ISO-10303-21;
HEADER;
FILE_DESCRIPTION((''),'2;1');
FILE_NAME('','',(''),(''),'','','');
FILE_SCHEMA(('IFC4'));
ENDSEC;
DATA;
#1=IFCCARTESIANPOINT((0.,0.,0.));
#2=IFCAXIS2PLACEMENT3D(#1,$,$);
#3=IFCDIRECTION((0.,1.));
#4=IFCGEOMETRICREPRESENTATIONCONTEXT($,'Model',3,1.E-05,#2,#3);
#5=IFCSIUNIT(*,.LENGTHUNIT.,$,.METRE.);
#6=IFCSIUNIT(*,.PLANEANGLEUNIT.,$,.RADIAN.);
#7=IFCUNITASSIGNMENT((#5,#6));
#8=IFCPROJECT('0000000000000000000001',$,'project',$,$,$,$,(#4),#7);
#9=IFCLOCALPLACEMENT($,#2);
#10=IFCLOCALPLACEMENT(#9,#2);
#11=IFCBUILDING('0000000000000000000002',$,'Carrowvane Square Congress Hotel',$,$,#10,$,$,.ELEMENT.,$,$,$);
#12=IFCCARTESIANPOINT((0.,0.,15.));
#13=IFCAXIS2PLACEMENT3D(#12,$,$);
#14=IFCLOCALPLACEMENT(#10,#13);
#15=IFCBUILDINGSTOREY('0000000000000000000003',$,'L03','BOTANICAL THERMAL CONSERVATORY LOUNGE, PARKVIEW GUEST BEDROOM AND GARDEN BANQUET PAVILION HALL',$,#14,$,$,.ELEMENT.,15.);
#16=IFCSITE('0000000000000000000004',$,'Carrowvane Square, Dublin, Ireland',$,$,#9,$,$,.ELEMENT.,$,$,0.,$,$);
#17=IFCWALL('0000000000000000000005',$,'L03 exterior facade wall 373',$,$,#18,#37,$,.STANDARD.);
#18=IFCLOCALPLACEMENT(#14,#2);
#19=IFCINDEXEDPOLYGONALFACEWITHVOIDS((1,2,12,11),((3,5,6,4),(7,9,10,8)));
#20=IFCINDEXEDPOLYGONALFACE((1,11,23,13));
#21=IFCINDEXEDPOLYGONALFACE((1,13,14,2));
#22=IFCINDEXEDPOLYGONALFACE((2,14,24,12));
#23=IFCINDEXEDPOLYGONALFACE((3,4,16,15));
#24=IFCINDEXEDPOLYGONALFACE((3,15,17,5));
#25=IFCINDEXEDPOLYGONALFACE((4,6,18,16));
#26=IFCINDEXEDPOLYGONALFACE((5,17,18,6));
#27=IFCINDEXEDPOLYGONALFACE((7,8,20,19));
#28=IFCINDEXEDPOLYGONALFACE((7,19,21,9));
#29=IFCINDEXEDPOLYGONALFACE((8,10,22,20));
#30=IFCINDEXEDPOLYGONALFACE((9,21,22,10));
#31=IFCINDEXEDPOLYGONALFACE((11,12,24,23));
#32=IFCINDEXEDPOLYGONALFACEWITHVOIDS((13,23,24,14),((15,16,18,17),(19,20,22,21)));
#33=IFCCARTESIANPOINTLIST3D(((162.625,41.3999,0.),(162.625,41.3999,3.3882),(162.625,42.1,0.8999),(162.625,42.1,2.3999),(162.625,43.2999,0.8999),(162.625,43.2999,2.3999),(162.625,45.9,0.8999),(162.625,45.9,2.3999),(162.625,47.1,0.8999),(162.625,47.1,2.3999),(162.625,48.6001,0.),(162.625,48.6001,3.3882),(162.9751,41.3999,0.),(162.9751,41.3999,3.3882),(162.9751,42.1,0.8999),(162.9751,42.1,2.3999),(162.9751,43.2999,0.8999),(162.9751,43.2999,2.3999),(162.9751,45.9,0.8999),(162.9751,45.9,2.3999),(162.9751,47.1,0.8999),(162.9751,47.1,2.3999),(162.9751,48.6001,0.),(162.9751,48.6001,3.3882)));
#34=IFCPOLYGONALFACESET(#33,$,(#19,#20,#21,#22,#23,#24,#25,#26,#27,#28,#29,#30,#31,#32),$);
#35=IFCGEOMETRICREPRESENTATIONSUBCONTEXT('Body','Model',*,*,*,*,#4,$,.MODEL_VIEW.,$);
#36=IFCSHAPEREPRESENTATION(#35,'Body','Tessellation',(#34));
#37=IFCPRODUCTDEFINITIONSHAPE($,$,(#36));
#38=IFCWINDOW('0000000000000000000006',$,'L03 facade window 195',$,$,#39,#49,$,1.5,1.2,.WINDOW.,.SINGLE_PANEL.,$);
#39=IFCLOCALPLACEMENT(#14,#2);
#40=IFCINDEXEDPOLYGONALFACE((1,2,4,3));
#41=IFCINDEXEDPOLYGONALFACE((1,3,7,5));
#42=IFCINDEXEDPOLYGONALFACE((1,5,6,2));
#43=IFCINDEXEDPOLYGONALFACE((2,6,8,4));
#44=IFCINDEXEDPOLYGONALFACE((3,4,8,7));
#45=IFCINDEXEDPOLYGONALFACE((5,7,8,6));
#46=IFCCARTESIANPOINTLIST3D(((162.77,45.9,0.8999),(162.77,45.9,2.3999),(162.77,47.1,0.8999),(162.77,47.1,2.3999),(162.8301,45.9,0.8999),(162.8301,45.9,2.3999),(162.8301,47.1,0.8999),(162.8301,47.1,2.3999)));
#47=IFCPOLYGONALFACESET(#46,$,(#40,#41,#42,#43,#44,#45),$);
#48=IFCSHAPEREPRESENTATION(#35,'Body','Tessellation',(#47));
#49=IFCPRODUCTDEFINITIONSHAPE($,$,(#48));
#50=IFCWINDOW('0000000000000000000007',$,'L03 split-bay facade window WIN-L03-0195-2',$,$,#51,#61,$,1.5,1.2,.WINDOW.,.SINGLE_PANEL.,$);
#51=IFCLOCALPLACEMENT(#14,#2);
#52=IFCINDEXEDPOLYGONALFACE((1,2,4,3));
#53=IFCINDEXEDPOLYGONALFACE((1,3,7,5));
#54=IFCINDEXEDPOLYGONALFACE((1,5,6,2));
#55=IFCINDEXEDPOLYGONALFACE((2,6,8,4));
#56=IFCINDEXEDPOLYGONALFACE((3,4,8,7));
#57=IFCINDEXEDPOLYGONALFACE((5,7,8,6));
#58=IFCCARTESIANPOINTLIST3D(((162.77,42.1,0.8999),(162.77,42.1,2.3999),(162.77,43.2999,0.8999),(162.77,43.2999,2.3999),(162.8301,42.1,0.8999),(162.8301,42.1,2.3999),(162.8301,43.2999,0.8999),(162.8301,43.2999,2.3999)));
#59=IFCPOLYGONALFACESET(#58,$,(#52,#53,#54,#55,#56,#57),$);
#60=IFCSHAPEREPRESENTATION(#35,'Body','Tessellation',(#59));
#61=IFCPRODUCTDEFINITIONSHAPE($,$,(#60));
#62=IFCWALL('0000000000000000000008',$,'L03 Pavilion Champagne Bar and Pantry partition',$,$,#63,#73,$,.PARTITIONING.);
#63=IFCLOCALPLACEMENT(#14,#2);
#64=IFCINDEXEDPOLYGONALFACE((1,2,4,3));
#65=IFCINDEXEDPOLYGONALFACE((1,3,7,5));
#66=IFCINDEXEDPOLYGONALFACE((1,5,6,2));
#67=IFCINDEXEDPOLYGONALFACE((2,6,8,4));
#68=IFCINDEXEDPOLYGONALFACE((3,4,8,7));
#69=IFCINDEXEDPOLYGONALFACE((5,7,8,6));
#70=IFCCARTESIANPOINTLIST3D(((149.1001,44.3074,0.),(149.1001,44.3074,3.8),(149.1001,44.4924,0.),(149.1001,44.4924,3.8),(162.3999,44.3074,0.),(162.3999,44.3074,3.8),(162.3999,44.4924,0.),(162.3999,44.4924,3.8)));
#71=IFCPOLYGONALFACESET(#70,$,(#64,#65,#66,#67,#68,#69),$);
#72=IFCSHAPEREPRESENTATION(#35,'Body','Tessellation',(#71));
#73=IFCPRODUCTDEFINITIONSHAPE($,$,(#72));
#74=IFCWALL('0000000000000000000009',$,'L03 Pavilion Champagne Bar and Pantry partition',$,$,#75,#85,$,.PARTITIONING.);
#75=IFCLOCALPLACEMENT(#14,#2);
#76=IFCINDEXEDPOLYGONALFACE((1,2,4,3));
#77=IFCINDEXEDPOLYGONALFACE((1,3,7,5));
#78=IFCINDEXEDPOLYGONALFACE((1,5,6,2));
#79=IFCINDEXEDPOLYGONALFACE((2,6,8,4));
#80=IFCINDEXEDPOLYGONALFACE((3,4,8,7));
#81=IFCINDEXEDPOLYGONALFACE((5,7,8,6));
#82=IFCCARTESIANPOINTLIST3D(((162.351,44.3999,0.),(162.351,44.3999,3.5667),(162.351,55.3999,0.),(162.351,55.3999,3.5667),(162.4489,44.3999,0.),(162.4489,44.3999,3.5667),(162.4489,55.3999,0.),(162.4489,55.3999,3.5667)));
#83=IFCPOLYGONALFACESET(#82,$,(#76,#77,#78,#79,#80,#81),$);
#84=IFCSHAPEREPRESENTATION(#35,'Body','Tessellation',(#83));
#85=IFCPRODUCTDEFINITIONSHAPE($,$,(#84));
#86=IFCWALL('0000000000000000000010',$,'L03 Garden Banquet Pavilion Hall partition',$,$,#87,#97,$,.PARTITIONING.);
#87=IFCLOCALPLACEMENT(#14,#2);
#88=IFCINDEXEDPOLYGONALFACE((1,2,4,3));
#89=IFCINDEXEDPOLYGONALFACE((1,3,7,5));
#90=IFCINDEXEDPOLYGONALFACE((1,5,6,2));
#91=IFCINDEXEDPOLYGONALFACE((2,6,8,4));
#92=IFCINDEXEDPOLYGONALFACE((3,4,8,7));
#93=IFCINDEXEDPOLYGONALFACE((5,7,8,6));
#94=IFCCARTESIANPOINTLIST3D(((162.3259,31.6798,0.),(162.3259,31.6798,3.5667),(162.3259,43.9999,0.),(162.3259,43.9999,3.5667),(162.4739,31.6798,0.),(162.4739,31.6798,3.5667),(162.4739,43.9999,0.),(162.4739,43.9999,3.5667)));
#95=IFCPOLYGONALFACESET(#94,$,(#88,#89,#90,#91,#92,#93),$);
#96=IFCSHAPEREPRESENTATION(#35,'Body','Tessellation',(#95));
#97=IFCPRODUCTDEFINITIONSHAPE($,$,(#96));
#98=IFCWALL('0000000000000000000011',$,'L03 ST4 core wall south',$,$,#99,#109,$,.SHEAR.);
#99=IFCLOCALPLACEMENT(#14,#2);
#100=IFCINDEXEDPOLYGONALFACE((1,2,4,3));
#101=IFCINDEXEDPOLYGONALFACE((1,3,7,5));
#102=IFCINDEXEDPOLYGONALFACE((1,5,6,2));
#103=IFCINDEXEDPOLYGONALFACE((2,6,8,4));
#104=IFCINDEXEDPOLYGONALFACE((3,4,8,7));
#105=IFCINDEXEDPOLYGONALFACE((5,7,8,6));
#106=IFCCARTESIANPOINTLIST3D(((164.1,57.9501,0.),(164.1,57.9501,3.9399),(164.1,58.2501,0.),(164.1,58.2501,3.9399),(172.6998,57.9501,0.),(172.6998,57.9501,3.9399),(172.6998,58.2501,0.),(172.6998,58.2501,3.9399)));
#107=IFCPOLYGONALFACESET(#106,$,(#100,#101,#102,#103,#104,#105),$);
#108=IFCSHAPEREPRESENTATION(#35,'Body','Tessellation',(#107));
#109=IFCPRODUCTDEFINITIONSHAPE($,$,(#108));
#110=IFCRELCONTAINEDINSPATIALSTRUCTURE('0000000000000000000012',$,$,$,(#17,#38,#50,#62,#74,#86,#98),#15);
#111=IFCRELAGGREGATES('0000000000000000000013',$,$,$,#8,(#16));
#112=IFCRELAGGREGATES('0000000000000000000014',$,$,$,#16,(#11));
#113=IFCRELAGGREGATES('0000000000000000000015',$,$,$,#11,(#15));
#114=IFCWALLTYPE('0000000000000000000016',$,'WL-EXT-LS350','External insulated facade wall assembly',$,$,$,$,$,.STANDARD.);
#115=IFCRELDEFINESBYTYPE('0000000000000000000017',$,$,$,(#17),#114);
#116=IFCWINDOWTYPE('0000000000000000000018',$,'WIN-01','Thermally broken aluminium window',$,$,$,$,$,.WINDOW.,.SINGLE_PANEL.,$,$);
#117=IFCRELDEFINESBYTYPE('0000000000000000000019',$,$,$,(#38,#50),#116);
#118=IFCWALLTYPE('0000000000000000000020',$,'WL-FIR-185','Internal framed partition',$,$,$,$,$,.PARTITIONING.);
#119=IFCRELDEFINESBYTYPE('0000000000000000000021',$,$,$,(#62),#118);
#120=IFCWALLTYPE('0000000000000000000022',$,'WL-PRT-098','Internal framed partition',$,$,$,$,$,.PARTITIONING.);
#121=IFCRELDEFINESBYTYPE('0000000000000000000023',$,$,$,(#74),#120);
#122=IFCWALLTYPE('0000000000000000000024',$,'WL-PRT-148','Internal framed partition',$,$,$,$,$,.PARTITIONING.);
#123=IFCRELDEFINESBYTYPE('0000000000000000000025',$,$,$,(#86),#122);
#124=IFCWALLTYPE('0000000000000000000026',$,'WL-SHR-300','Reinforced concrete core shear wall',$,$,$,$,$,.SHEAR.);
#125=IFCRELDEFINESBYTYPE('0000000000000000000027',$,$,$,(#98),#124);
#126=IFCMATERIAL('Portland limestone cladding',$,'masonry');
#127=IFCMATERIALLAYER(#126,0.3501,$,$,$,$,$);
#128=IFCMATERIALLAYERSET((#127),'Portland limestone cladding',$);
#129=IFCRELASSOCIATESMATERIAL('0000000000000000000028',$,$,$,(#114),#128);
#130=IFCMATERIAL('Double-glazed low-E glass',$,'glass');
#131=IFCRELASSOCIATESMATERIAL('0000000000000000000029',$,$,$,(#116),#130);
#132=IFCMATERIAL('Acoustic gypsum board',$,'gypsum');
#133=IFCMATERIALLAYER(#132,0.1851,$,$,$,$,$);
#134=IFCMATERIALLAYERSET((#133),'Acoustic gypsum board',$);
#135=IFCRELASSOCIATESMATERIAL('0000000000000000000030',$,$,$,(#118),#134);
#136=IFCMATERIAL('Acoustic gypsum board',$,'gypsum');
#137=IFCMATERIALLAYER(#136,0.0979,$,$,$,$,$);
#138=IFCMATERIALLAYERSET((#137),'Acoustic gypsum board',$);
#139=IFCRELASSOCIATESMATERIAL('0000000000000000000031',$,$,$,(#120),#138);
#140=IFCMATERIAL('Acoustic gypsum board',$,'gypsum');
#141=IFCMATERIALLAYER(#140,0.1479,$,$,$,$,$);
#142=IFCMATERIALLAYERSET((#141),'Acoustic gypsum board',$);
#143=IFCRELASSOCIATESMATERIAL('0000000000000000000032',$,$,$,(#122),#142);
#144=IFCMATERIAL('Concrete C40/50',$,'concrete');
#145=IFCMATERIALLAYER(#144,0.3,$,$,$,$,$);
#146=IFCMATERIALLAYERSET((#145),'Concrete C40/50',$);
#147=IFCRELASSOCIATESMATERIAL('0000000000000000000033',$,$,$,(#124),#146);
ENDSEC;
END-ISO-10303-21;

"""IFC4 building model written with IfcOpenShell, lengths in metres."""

from ifc_helpers import new_model, si_unit, direction, frame, frame_2d, origin, place, context, subcontext, project, spatial, rectangle, extrude, material, layer, layer_set, type_object, element, fill, save


model = new_model("IFC4")

# Units and contexts
model_context = context("Model", 3, precision=1e-05, world=origin(), true_north=direction((0.0, 1.0)))
body_context = subcontext(model_context, "Body", "Model", "MODEL_VIEW")
ifc_project = project(units=[si_unit("LENGTHUNIT", "METRE"), si_unit("PLANEANGLEUNIT", "RADIAN")], contexts=[model_context])

# Site, building, storey
site_placement = place(None, origin())
site = spatial("IfcSite", under=ifc_project, at=site_placement, Name="Carrowvane Square, Dublin, Ireland", CompositionType="ELEMENT", RefElevation=0.0)
building_placement = place(site_placement, origin())
building = spatial("IfcBuilding", under=site, at=building_placement, Name="Carrowvane Square Congress Hotel", CompositionType="ELEMENT")
storey_placement = place(building_placement, frame((0.0, 0.0, 15.0)))
storey = spatial("IfcBuildingStorey", under=building, at=storey_placement, Name="L03", Description="BOTANICAL THERMAL CONSERVATORY LOUNGE, PARKVIEW GUEST BEDROOM AND GARDEN BANQUET PAVILION HALL", CompositionType="ELEMENT", Elevation=15.0)

# Shared definitions
ifc_material_1 = material(Name="Portland limestone cladding", Category="masonry")
ifc_layer_1 = layer(ifc_material_1, 0.3501)
ifc_layer_set_1 = layer_set([ifc_layer_1], Name="Portland limestone cladding")
wall_type_1 = type_object("IfcWallType", Name="WL-EXT-LS350", Description="External insulated facade wall assembly", PredefinedType="STANDARD", material=ifc_layer_set_1)

# Wall, openings, windows
wall_1_placement = place(storey_placement, frame((162.8, 48.6001, 0.0), z_axis=(0.0, 0.0, 1.0), x_axis=(0.0, -1.0, 0.0)))
wall_1 = element("IfcWall", 1, at=wall_1_placement, inside=storey, type_object=wall_type_1, Name="L03 exterior facade wall 373", PredefinedType="STANDARD", context=body_context, shape_type="SweptSolid", body=[
    extrude(rectangle(XDim=7.2002, YDim=0.3501, at=frame_2d((3.6001, 0.0))), origin(), (0.0, 0.0, 1.0), 3.3882),
])
opening_1_placement = place(wall_1_placement, frame((1.5, 0.0, 0.8999)))
opening_1 = element("IfcOpeningElement", 2, at=opening_1_placement, cuts=wall_1, PredefinedType="OPENING", context=body_context, shape_type="SweptSolid", body=[
    extrude(rectangle(XDim=1.2, YDim=1.5, at=frame_2d((0.6001, 0.75))), frame((0.0, 0.1851, 0.0), z_axis=(0.0, -1.0, 0.0), x_axis=(1.0, 0.0, 0.0)), (0.0, 0.0, 1.0), 0.3701),
])
opening_2_placement = place(wall_1_placement, frame((5.3, 0.0, 0.8999)))
opening_2 = element("IfcOpeningElement", 3, at=opening_2_placement, cuts=wall_1, PredefinedType="OPENING", context=body_context, shape_type="SweptSolid", body=[
    extrude(rectangle(XDim=1.2, YDim=1.5, at=frame_2d((0.6001, 0.75))), frame((0.0, 0.1851, 0.0), z_axis=(0.0, -1.0, 0.0), x_axis=(1.0, 0.0, 0.0)), (0.0, 0.0, 1.0), 0.3701),
])
ifc_material_2 = material(Name="Double-glazed low-E glass", Category="glass")
window_type_1 = type_object("IfcWindowType", Name="WIN-01", Description="Thermally broken aluminium window", PartitioningType="SINGLE_PANEL", PredefinedType="WINDOW", material=ifc_material_2)
window_1_placement = place(opening_1_placement, origin())
window_1 = element("IfcWindow", 4, at=window_1_placement, inside=storey, type_object=window_type_1, Name="L03 facade window 195", OverallHeight=1.5, OverallWidth=1.2, PartitioningType="SINGLE_PANEL", PredefinedType="WINDOW", context=body_context, shape_type="SweptSolid", body=[
    extrude(rectangle(XDim=1.2, YDim=1.5, at=frame_2d((0.6001, 0.75))), frame((0.0, 0.03, 0.0), z_axis=(0.0, -1.0, 0.0), x_axis=(1.0, 0.0, 0.0)), (0.0, 0.0, 1.0), 0.0601),
])
fill(opening_1, window_1)
window_2_placement = place(opening_2_placement, origin())
window_2 = element("IfcWindow", 5, at=window_2_placement, inside=storey, type_object=window_type_1, Name="L03 split-bay facade window WIN-L03-0195-2", OverallHeight=1.5, OverallWidth=1.2, PartitioningType="SINGLE_PANEL", PredefinedType="WINDOW", context=body_context, shape_type="SweptSolid", body=[
    extrude(rectangle(XDim=1.2, YDim=1.5, at=frame_2d((0.6001, 0.75))), frame((0.0, 0.03, 0.0), z_axis=(0.0, -1.0, 0.0), x_axis=(1.0, 0.0, 0.0)), (0.0, 0.0, 1.0), 0.0601),
])
fill(opening_2, window_2)

# Walls
ifc_material_3 = material(Name="Acoustic gypsum board", Category="gypsum")
ifc_layer_2 = layer(ifc_material_3, 0.1851)
ifc_layer_set_2 = layer_set([ifc_layer_2], Name="Acoustic gypsum board")
wall_type_2 = type_object("IfcWallType", Name="WL-FIR-185", Description="Internal framed partition", PredefinedType="PARTITIONING", material=ifc_layer_set_2)
wall_2_placement = place(storey_placement, frame((162.3999, 44.3999, 0.0), z_axis=(0.0, 0.0, 1.0), x_axis=(-1.0, 0.0, 0.0)))
element("IfcWall", 6, at=wall_2_placement, inside=storey, type_object=wall_type_2, Name="L03 Pavilion Champagne Bar and Pantry partition", PredefinedType="PARTITIONING", context=body_context, shape_type="SweptSolid", body=[
    extrude(rectangle(XDim=13.2998, YDim=0.1851, at=frame_2d((6.6499, 0.0))), origin(), (0.0, 0.0, 1.0), 3.8),
])
ifc_material_4 = material(Name="Acoustic gypsum board", Category="gypsum")
ifc_layer_3 = layer(ifc_material_4, 0.0979)
ifc_layer_set_3 = layer_set([ifc_layer_3], Name="Acoustic gypsum board")
wall_type_3 = type_object("IfcWallType", Name="WL-PRT-098", Description="Internal framed partition", PredefinedType="PARTITIONING", material=ifc_layer_set_3)
wall_3_placement = place(storey_placement, frame((162.3999, 55.3999, 0.0), z_axis=(0.0, 0.0, 1.0), x_axis=(0.0, -1.0, 0.0)))
element("IfcWall", 7, at=wall_3_placement, inside=storey, type_object=wall_type_3, Name="L03 Pavilion Champagne Bar and Pantry partition", PredefinedType="PARTITIONING", context=body_context, shape_type="SweptSolid", body=[
    extrude(rectangle(XDim=11.0, YDim=0.0979, at=frame_2d((5.5, 0.0))), origin(), (0.0, 0.0, 1.0), 3.5667),
])
ifc_material_5 = material(Name="Acoustic gypsum board", Category="gypsum")
ifc_layer_4 = layer(ifc_material_5, 0.1479)
ifc_layer_set_4 = layer_set([ifc_layer_4], Name="Acoustic gypsum board")
wall_type_4 = type_object("IfcWallType", Name="WL-PRT-148", Description="Internal framed partition", PredefinedType="PARTITIONING", material=ifc_layer_set_4)
wall_4_placement = place(storey_placement, frame((162.3999, 44.0, 0.0), z_axis=(0.0, 0.0, 1.0), x_axis=(0.0, -1.0, 0.0)))
element("IfcWall", 8, at=wall_4_placement, inside=storey, type_object=wall_type_4, Name="L03 Garden Banquet Pavilion Hall partition", PredefinedType="PARTITIONING", context=body_context, shape_type="SweptSolid", body=[
    extrude(rectangle(XDim=12.3201, YDim=0.1479, at=frame_2d((6.1602, 0.0))), origin(), (0.0, 0.0, 1.0), 3.5667),
])
ifc_material_6 = material(Name="Concrete C40/50", Category="concrete")
ifc_layer_5 = layer(ifc_material_6, 0.3)
ifc_layer_set_5 = layer_set([ifc_layer_5], Name="Concrete C40/50")
wall_type_5 = type_object("IfcWallType", Name="WL-SHR-300", Description="Reinforced concrete core shear wall", PredefinedType="SHEAR", material=ifc_layer_set_5)
wall_5_placement = place(storey_placement, frame((164.1001, 58.1001, 0.0), z_axis=(0.0, 0.0, 1.0), x_axis=(1.0, 0.0, 0.0)))
element("IfcWall", 9, at=wall_5_placement, inside=storey, type_object=wall_type_5, Name="L03 ST4 core wall south", PredefinedType="SHEAR", context=body_context, shape_type="SweptSolid", body=[
    extrude(rectangle(XDim=8.5999, YDim=0.3, at=frame_2d((4.2998, 0.0))), origin(), (0.0, 0.0, 1.0), 3.9399),
])

save(model, "model.ifc")
